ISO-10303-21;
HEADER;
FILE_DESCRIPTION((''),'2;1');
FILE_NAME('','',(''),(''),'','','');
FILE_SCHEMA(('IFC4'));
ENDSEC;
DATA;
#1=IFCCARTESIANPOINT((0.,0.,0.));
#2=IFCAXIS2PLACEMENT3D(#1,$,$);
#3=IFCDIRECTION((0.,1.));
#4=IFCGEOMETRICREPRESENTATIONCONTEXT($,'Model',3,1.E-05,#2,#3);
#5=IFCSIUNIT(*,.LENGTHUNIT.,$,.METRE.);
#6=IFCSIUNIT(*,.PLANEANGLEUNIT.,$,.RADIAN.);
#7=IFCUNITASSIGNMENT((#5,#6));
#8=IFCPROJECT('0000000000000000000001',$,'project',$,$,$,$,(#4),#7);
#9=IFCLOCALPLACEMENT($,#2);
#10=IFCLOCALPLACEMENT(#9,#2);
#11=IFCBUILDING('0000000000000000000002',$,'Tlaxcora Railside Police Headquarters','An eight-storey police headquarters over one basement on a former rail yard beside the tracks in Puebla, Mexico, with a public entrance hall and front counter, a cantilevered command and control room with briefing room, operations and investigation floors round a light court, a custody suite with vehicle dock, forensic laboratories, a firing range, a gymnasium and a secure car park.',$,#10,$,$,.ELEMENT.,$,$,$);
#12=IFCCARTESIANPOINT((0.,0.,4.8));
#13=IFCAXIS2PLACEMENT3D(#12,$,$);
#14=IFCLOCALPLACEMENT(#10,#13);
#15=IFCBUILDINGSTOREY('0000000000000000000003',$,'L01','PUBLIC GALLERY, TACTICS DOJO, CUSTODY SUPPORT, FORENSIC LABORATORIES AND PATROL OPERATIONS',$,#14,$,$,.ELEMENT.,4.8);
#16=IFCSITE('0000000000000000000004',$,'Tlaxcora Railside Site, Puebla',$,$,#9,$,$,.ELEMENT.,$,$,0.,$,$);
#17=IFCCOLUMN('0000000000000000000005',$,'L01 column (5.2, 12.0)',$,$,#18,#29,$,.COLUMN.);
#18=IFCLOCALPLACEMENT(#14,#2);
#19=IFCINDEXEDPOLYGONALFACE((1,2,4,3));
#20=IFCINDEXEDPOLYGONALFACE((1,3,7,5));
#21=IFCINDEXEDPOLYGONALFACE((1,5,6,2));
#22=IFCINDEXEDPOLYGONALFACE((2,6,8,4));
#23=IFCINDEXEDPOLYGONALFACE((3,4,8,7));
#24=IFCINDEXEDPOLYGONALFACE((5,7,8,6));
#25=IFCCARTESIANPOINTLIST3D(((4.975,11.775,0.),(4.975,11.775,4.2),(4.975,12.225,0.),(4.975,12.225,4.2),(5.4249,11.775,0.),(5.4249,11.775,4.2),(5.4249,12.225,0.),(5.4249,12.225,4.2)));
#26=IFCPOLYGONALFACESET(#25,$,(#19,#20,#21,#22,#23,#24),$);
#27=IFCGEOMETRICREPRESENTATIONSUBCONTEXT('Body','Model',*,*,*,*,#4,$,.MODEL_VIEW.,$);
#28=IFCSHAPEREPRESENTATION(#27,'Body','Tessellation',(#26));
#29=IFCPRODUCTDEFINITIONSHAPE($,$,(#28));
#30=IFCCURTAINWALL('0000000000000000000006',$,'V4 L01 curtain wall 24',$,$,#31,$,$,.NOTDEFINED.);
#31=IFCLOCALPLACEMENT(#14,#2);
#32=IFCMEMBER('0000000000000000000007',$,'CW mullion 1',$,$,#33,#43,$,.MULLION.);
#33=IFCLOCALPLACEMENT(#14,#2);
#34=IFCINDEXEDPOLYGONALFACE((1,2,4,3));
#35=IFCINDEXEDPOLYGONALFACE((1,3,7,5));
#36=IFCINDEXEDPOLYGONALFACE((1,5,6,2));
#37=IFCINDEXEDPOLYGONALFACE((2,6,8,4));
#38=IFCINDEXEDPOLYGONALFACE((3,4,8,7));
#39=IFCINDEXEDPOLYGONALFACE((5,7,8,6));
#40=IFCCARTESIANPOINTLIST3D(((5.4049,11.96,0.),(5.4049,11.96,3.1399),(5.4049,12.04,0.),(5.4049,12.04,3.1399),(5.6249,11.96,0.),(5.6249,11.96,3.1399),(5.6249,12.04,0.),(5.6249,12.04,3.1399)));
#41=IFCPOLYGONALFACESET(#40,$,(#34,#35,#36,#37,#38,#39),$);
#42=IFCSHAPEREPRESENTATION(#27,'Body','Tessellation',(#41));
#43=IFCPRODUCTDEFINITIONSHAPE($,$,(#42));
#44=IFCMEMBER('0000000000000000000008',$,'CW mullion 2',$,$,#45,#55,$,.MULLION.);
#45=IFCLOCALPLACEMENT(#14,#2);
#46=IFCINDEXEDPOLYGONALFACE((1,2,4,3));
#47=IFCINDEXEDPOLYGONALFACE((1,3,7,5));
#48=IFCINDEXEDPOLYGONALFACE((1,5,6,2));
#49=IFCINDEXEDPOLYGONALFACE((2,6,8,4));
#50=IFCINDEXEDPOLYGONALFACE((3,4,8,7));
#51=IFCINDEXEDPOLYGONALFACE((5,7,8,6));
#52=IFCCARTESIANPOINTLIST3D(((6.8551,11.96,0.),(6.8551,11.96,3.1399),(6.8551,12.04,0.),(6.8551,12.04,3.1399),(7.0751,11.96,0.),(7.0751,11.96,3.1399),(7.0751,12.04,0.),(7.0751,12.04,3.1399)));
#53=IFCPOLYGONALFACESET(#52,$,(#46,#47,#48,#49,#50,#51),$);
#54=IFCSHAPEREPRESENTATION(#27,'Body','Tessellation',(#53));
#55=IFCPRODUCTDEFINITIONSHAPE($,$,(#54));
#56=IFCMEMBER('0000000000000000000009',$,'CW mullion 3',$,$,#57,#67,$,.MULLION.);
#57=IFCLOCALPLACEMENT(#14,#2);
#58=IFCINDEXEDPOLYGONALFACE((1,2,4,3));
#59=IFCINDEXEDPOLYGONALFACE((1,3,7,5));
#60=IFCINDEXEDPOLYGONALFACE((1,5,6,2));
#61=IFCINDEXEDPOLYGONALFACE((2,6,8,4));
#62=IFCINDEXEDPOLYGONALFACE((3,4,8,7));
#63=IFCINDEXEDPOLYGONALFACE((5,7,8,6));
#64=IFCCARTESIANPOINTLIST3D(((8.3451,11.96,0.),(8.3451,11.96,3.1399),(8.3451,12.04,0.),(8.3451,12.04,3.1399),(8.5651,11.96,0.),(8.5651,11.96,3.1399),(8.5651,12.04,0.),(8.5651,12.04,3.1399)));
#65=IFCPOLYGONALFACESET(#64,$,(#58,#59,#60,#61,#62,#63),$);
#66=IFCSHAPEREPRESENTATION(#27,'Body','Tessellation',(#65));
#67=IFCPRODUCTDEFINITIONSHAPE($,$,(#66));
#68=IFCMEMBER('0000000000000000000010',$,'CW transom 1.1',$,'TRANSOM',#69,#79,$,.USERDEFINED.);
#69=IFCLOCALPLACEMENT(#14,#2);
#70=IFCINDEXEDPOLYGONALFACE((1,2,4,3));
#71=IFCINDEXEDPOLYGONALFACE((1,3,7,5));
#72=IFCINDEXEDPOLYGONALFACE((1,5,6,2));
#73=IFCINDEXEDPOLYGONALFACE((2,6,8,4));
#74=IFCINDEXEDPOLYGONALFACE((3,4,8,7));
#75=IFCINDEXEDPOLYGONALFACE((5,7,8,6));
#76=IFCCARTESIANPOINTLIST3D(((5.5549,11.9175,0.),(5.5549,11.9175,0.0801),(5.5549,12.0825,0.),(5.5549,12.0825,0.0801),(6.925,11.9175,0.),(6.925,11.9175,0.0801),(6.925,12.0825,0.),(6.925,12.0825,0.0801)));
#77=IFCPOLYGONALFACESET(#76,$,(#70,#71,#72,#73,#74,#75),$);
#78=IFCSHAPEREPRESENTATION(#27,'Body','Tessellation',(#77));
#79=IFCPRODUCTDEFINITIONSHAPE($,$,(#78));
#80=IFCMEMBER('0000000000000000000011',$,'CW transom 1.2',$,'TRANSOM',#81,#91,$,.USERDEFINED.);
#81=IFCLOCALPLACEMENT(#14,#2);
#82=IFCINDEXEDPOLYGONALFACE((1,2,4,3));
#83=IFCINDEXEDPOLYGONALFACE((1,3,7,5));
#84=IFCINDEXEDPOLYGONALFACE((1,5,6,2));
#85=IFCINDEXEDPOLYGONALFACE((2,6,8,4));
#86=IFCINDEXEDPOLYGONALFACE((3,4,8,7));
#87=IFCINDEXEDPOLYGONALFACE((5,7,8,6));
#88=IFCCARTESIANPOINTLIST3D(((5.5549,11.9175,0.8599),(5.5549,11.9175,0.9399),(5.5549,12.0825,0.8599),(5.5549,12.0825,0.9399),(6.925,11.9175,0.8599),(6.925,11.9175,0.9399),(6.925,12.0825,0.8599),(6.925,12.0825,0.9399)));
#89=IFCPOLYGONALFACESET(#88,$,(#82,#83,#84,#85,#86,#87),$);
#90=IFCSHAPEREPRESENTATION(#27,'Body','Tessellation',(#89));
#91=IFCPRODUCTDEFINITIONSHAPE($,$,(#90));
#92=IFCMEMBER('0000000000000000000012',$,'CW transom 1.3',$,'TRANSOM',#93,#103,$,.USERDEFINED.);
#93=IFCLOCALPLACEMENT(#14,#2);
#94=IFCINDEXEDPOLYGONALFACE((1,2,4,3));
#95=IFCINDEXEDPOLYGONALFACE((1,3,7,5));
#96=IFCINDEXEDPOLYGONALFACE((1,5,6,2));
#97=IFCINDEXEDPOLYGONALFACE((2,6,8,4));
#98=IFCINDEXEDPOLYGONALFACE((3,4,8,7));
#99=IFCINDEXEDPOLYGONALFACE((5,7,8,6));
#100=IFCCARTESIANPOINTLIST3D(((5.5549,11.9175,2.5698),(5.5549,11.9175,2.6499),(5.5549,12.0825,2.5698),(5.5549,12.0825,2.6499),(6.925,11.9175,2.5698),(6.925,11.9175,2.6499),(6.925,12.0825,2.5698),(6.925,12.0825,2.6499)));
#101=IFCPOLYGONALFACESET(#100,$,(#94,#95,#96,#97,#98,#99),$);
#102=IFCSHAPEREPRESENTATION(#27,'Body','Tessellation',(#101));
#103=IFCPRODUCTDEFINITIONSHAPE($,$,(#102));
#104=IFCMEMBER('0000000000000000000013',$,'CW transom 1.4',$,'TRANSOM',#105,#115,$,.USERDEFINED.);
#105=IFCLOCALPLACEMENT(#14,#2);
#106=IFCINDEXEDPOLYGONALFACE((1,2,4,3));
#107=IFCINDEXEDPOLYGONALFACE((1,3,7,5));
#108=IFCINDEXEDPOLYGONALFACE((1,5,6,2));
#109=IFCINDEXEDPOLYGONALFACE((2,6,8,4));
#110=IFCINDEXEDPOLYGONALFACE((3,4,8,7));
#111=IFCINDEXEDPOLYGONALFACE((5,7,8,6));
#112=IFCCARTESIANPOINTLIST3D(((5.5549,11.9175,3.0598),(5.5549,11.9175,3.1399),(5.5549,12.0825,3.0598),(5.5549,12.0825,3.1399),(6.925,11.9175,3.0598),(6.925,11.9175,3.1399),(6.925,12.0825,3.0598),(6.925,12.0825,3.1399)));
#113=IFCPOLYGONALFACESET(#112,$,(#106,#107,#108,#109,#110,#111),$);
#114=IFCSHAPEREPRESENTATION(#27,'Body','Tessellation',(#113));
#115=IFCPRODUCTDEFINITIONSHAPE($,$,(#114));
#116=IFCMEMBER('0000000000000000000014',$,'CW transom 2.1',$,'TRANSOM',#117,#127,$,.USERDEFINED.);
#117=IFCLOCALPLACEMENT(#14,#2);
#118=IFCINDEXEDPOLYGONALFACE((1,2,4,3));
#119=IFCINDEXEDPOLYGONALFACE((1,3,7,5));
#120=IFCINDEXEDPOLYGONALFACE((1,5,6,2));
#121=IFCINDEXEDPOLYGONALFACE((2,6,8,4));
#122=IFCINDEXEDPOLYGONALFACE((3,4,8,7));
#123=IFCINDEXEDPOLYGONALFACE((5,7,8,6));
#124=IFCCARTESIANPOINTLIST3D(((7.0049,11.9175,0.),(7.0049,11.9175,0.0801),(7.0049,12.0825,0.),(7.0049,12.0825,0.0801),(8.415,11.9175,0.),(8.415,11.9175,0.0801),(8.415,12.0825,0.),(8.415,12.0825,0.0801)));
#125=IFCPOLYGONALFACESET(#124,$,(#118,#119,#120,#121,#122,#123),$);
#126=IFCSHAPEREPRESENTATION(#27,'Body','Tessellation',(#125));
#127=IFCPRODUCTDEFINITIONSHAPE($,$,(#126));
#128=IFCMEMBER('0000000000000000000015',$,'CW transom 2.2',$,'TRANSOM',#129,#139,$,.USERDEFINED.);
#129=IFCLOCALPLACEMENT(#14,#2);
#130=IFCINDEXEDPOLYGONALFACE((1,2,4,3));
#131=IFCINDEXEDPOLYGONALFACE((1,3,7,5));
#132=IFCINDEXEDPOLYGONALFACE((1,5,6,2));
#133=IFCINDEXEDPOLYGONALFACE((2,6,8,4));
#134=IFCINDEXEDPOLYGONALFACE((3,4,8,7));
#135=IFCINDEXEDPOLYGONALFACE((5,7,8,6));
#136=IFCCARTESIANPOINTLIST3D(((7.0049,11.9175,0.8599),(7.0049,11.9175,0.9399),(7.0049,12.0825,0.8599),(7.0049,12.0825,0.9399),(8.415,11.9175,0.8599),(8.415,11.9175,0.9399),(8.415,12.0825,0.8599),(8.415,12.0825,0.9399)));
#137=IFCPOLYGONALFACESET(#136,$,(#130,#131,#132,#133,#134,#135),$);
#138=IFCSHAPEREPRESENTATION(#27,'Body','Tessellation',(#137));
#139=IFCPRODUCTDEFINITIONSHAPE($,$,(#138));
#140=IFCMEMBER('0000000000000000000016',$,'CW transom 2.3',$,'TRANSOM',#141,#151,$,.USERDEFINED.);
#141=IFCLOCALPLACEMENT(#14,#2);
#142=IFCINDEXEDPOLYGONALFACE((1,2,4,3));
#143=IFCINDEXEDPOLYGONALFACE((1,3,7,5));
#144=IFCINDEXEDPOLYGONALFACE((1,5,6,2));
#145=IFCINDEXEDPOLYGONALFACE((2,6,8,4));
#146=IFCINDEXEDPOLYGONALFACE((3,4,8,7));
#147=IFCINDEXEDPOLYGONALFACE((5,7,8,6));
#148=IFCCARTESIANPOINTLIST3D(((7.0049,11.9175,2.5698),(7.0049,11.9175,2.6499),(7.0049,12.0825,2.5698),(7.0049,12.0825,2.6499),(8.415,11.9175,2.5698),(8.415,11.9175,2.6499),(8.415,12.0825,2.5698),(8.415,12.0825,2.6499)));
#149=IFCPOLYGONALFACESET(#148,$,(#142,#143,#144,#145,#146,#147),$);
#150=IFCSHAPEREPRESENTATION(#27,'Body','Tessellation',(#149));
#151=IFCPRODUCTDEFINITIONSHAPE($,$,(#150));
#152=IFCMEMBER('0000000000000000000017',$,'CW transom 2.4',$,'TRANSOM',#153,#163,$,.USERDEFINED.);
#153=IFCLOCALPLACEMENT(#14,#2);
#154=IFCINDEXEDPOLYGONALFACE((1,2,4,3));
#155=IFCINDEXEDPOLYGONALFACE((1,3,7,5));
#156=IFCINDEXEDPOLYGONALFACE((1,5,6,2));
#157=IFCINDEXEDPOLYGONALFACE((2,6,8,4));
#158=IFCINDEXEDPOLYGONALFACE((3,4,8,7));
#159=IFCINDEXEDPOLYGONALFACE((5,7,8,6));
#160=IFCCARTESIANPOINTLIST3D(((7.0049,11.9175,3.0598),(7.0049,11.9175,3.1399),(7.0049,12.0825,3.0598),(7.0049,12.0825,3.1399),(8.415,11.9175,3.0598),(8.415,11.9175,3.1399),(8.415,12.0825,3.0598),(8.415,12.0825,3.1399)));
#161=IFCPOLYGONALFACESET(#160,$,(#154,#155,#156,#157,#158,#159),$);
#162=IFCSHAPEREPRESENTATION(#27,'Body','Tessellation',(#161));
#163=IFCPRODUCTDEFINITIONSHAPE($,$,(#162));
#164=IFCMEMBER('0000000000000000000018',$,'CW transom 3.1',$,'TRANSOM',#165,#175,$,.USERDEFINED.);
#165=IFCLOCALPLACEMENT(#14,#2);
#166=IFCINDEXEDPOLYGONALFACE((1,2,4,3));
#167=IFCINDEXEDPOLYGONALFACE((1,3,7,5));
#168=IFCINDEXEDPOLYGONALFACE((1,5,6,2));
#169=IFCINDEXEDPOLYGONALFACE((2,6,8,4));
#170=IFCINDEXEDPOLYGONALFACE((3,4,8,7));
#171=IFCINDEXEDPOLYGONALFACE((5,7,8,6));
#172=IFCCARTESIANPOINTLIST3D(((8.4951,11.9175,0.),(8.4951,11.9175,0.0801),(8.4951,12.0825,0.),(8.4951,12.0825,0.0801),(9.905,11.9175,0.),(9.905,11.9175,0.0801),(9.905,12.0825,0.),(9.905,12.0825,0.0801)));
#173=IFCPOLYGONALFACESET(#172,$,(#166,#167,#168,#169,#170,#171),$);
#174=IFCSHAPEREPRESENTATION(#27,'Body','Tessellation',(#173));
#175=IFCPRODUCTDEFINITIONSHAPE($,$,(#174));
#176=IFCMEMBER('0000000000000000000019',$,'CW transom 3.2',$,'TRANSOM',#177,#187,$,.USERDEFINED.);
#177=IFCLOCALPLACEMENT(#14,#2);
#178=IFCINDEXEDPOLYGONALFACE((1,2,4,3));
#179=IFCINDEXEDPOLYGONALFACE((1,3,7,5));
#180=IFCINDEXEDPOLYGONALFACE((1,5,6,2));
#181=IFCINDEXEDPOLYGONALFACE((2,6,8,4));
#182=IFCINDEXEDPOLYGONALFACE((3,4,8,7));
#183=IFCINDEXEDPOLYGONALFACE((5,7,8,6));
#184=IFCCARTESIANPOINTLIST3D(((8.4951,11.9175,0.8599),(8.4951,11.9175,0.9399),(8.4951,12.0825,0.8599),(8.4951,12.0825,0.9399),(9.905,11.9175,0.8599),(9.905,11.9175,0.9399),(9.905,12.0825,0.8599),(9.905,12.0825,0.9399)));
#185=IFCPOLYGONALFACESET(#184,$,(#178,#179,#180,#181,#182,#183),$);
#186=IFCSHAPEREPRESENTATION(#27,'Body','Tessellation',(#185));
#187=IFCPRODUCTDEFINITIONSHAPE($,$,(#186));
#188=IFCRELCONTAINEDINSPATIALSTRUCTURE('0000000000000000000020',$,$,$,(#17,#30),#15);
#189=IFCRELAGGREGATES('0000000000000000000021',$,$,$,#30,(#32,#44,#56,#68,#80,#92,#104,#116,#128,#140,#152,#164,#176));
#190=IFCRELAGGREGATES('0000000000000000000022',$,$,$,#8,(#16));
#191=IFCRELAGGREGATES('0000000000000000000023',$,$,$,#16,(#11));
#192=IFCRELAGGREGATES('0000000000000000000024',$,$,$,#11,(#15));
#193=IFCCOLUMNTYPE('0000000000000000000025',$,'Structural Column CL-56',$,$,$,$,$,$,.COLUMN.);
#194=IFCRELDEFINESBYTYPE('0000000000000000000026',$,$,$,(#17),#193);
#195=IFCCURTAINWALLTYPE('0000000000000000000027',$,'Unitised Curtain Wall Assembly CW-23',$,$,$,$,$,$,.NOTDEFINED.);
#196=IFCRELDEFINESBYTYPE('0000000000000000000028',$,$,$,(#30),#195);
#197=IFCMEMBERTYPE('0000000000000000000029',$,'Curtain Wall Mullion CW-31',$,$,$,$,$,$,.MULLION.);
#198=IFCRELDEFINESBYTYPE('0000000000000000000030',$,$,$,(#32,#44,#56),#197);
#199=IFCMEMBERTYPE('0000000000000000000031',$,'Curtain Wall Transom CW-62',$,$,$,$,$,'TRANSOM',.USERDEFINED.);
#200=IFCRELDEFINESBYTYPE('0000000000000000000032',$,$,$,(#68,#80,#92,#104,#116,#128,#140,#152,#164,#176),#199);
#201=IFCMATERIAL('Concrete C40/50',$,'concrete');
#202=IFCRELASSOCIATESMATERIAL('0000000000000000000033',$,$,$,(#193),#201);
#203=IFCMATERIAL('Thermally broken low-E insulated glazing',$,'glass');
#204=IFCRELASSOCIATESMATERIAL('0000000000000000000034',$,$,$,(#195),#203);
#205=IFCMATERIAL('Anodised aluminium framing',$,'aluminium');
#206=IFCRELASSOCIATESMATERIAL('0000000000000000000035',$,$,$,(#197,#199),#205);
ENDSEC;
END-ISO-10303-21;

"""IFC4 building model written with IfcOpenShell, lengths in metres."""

from ifc_helpers import new_model, si_unit, direction, frame, origin, origin_2d, place, context, subcontext, project, spatial, rectangle, extrude, material, material_profile, profile_set, type_object, element, aggregate, save


model = new_model("IFC4")

# Units and contexts
model_context = context("Model", 3, precision=1e-05, world=origin(), true_north=direction((0.0, 1.0)))
body_context = subcontext(model_context, "Body", "Model", "MODEL_VIEW")
ifc_project = project(units=[si_unit("LENGTHUNIT", "METRE"), si_unit("PLANEANGLEUNIT", "RADIAN")], contexts=[model_context])

# Site, building, storey
site_placement = place(None, origin())
site = spatial("IfcSite", under=ifc_project, at=site_placement, Name="Tlaxcora Railside Site, Puebla", CompositionType="ELEMENT", RefElevation=0.0)
building_placement = place(site_placement, origin())
building = spatial("IfcBuilding", under=site, at=building_placement, Name="Tlaxcora Railside Police Headquarters", Description="An eight-storey police headquarters over one basement on a former rail yard beside the tracks in Puebla, Mexico, with a public entrance hall and front counter, a cantilevered command and control room with briefing room, operations and investigation floors round a light court, a custody suite with vehicle dock, forensic laboratories, a firing range, a gymnasium and a secure car park.", CompositionType="ELEMENT")
storey_placement = place(building_placement, frame((0.0, 0.0, 4.8)))
storey = spatial("IfcBuildingStorey", under=building, at=storey_placement, Name="L01", Description="PUBLIC GALLERY, TACTICS DOJO, CUSTODY SUPPORT, FORENSIC LABORATORIES AND PATROL OPERATIONS", CompositionType="ELEMENT", Elevation=4.8)

# Column
ifc_material_1 = material(Name="Concrete C40/50", Category="concrete")
ifc_material_profile_1 = material_profile(ifc_material_1, rectangle(XDim=0.45, YDim=0.45, at=origin_2d()), Name="RC450X450")
ifc_profile_set_1 = profile_set([ifc_material_profile_1], Name="Concrete C40/50")
column_type = type_object("IfcColumnType", Name="Structural Column CL-56", PredefinedType="COLUMN", material=ifc_profile_set_1)
column_placement = place(storey_placement, frame((5.2, 12.0, 0.0), z_axis=(0.0, 0.0, 1.0), x_axis=(1.0, 0.0, 0.0)))
element("IfcColumn", 1, at=column_placement, inside=storey, type_object=column_type, Name="L01 column (5.2, 12.0)", PredefinedType="COLUMN", context=body_context, shape_type="SweptSolid", body=[
    extrude(rectangle(XDim=0.45, YDim=0.45, at=origin_2d()), origin(), (0.0, 0.0, 1.0), 4.2),
])

# Curtain wall, members
ifc_material_2 = material(Name="Thermally broken low-E insulated glazing", Category="glass")
curtain_wall_type = type_object("IfcCurtainWallType", Name="Unitised Curtain Wall Assembly CW-23", PredefinedType="NOTDEFINED", material=ifc_material_2)
curtain_wall_placement = place(storey_placement, origin())
curtain_wall = element("IfcCurtainWall", 2, at=curtain_wall_placement, inside=storey, type_object=curtain_wall_type, Name="V4 L01 curtain wall 24", PredefinedType="NOTDEFINED")
ifc_material_3 = material(Name="Anodised aluminium framing", Category="aluminium")
ifc_material_profile_2 = material_profile(ifc_material_3, rectangle(XDim=0.0801, YDim=0.22, at=origin_2d()), Name="AL80X220")
ifc_profile_set_2 = profile_set([ifc_material_profile_2], Name="Anodised aluminium framing")
member_type_1 = type_object("IfcMemberType", Name="Curtain Wall Mullion CW-31", PredefinedType="MULLION", material=ifc_profile_set_2)
member_1_placement = place(storey_placement, frame((5.5149, 12.0, 0.0), z_axis=(0.0, 0.0, 1.0), x_axis=(0.0, 1.0, 0.0)))
member_1 = element("IfcMember", 3, at=member_1_placement, type_object=member_type_1, Name="CW mullion 1", PredefinedType="MULLION", context=body_context, shape_type="SweptSolid", body=[
    extrude(rectangle(XDim=0.0801, YDim=0.22, at=origin_2d()), origin(), (0.0, 0.0, 1.0), 3.1399),
])
member_2_placement = place(storey_placement, frame((6.9651, 12.0, 0.0), z_axis=(0.0, 0.0, 1.0), x_axis=(0.0, 1.0, 0.0)))
member_2 = element("IfcMember", 4, at=member_2_placement, type_object=member_type_1, Name="CW mullion 2", PredefinedType="MULLION", context=body_context, shape_type="SweptSolid", body=[
    extrude(rectangle(XDim=0.0801, YDim=0.22, at=origin_2d()), origin(), (0.0, 0.0, 1.0), 3.1399),
])
member_3_placement = place(storey_placement, frame((8.4551, 12.0, 0.0), z_axis=(0.0, 0.0, 1.0), x_axis=(0.0, 1.0, 0.0)))
member_3 = element("IfcMember", 5, at=member_3_placement, type_object=member_type_1, Name="CW mullion 3", PredefinedType="MULLION", context=body_context, shape_type="SweptSolid", body=[
    extrude(rectangle(XDim=0.0801, YDim=0.22, at=origin_2d()), origin(), (0.0, 0.0, 1.0), 3.1399),
])
ifc_material_profile_3 = material_profile(ifc_material_3, rectangle(XDim=0.165, YDim=0.0801, at=origin_2d()), Name="AL80X165")
ifc_profile_set_3 = profile_set([ifc_material_profile_3], Name="Anodised aluminium framing")
member_type_2 = type_object("IfcMemberType", Name="Curtain Wall Transom CW-62", ElementType="TRANSOM", PredefinedType="USERDEFINED", material=ifc_profile_set_3)
member_4_placement = place(storey_placement, frame((5.5549, 12.0, 0.04), z_axis=(1.0, 0.0, 0.0), x_axis=(0.0, 1.0, 0.0)))
member_4 = element("IfcMember", 6, at=member_4_placement, type_object=member_type_2, Name="CW transom 1.1", ObjectType="TRANSOM", PredefinedType="USERDEFINED", context=body_context, shape_type="SweptSolid", body=[
    extrude(rectangle(XDim=0.165, YDim=0.0801, at=origin_2d()), origin(), (0.0, 0.0, 1.0), 1.3701),
])
member_5_placement = place(storey_placement, frame((5.5549, 12.0, 0.8999), z_axis=(1.0, 0.0, 0.0), x_axis=(0.0, 1.0, 0.0)))
member_5 = element("IfcMember", 7, at=member_5_placement, type_object=member_type_2, Name="CW transom 1.2", ObjectType="TRANSOM", PredefinedType="USERDEFINED", context=body_context, shape_type="SweptSolid", body=[
    extrude(rectangle(XDim=0.165, YDim=0.0801, at=origin_2d()), origin(), (0.0, 0.0, 1.0), 1.3701),
])
member_6_placement = place(storey_placement, frame((5.5549, 12.0, 2.6099), z_axis=(1.0, 0.0, 0.0), x_axis=(0.0, 1.0, 0.0)))
member_6 = element("IfcMember", 8, at=member_6_placement, type_object=member_type_2, Name="CW transom 1.3", ObjectType="TRANSOM", PredefinedType="USERDEFINED", context=body_context, shape_type="SweptSolid", body=[
    extrude(rectangle(XDim=0.165, YDim=0.0801, at=origin_2d()), origin(), (0.0, 0.0, 1.0), 1.3701),
])
member_7_placement = place(storey_placement, frame((5.5549, 12.0, 3.0999), z_axis=(1.0, 0.0, 0.0), x_axis=(0.0, 1.0, 0.0)))
member_7 = element("IfcMember", 9, at=member_7_placement, type_object=member_type_2, Name="CW transom 1.4", ObjectType="TRANSOM", PredefinedType="USERDEFINED", context=body_context, shape_type="SweptSolid", body=[
    extrude(rectangle(XDim=0.165, YDim=0.0801, at=origin_2d()), origin(), (0.0, 0.0, 1.0), 1.3701),
])
member_8_placement = place(storey_placement, frame((7.0049, 12.0, 0.04), z_axis=(1.0, 0.0, 0.0), x_axis=(0.0, 1.0, 0.0)))
member_8 = element("IfcMember", 10, at=member_8_placement, type_object=member_type_2, Name="CW transom 2.1", ObjectType="TRANSOM", PredefinedType="USERDEFINED", context=body_context, shape_type="SweptSolid", body=[
    extrude(rectangle(XDim=0.165, YDim=0.0801, at=origin_2d()), origin(), (0.0, 0.0, 1.0), 1.4102),
])
member_9_placement = place(storey_placement, frame((7.0049, 12.0, 0.8999), z_axis=(1.0, 0.0, 0.0), x_axis=(0.0, 1.0, 0.0)))
member_9 = element("IfcMember", 11, at=member_9_placement, type_object=member_type_2, Name="CW transom 2.2", ObjectType="TRANSOM", PredefinedType="USERDEFINED", context=body_context, shape_type="SweptSolid", body=[
    extrude(rectangle(XDim=0.165, YDim=0.0801, at=origin_2d()), origin(), (0.0, 0.0, 1.0), 1.4102),
])
member_10_placement = place(storey_placement, frame((7.0049, 12.0, 2.6099), z_axis=(1.0, 0.0, 0.0), x_axis=(0.0, 1.0, 0.0)))
member_10 = element("IfcMember", 12, at=member_10_placement, type_object=member_type_2, Name="CW transom 2.3", ObjectType="TRANSOM", PredefinedType="USERDEFINED", context=body_context, shape_type="SweptSolid", body=[
    extrude(rectangle(XDim=0.165, YDim=0.0801, at=origin_2d()), origin(), (0.0, 0.0, 1.0), 1.4102),
])
member_11_placement = place(storey_placement, frame((7.0049, 12.0, 3.0999), z_axis=(1.0, 0.0, 0.0), x_axis=(0.0, 1.0, 0.0)))
member_11 = element("IfcMember", 13, at=member_11_placement, type_object=member_type_2, Name="CW transom 2.4", ObjectType="TRANSOM", PredefinedType="USERDEFINED", context=body_context, shape_type="SweptSolid", body=[
    extrude(rectangle(XDim=0.165, YDim=0.0801, at=origin_2d()), origin(), (0.0, 0.0, 1.0), 1.4102),
])
member_12_placement = place(storey_placement, frame((8.4951, 12.0, 0.04), z_axis=(1.0, 0.0, 0.0), x_axis=(0.0, 1.0, 0.0)))
member_12 = element("IfcMember", 14, at=member_12_placement, type_object=member_type_2, Name="CW transom 3.1", ObjectType="TRANSOM", PredefinedType="USERDEFINED", context=body_context, shape_type="SweptSolid", body=[
    extrude(rectangle(XDim=0.165, YDim=0.0801, at=origin_2d()), origin(), (0.0, 0.0, 1.0), 1.4099),
])
member_13_placement = place(storey_placement, frame((8.4951, 12.0, 0.8999), z_axis=(1.0, 0.0, 0.0), x_axis=(0.0, 1.0, 0.0)))
member_13 = element("IfcMember", 15, at=member_13_placement, type_object=member_type_2, Name="CW transom 3.2", ObjectType="TRANSOM", PredefinedType="USERDEFINED", context=body_context, shape_type="SweptSolid", body=[
    extrude(rectangle(XDim=0.165, YDim=0.0801, at=origin_2d()), origin(), (0.0, 0.0, 1.0), 1.4099),
])

aggregate(curtain_wall, [member_1, member_2, member_3, member_4, member_5, member_6, member_7, member_8, member_9, member_10, member_11, member_12, member_13])

save(model, "model.ifc")
